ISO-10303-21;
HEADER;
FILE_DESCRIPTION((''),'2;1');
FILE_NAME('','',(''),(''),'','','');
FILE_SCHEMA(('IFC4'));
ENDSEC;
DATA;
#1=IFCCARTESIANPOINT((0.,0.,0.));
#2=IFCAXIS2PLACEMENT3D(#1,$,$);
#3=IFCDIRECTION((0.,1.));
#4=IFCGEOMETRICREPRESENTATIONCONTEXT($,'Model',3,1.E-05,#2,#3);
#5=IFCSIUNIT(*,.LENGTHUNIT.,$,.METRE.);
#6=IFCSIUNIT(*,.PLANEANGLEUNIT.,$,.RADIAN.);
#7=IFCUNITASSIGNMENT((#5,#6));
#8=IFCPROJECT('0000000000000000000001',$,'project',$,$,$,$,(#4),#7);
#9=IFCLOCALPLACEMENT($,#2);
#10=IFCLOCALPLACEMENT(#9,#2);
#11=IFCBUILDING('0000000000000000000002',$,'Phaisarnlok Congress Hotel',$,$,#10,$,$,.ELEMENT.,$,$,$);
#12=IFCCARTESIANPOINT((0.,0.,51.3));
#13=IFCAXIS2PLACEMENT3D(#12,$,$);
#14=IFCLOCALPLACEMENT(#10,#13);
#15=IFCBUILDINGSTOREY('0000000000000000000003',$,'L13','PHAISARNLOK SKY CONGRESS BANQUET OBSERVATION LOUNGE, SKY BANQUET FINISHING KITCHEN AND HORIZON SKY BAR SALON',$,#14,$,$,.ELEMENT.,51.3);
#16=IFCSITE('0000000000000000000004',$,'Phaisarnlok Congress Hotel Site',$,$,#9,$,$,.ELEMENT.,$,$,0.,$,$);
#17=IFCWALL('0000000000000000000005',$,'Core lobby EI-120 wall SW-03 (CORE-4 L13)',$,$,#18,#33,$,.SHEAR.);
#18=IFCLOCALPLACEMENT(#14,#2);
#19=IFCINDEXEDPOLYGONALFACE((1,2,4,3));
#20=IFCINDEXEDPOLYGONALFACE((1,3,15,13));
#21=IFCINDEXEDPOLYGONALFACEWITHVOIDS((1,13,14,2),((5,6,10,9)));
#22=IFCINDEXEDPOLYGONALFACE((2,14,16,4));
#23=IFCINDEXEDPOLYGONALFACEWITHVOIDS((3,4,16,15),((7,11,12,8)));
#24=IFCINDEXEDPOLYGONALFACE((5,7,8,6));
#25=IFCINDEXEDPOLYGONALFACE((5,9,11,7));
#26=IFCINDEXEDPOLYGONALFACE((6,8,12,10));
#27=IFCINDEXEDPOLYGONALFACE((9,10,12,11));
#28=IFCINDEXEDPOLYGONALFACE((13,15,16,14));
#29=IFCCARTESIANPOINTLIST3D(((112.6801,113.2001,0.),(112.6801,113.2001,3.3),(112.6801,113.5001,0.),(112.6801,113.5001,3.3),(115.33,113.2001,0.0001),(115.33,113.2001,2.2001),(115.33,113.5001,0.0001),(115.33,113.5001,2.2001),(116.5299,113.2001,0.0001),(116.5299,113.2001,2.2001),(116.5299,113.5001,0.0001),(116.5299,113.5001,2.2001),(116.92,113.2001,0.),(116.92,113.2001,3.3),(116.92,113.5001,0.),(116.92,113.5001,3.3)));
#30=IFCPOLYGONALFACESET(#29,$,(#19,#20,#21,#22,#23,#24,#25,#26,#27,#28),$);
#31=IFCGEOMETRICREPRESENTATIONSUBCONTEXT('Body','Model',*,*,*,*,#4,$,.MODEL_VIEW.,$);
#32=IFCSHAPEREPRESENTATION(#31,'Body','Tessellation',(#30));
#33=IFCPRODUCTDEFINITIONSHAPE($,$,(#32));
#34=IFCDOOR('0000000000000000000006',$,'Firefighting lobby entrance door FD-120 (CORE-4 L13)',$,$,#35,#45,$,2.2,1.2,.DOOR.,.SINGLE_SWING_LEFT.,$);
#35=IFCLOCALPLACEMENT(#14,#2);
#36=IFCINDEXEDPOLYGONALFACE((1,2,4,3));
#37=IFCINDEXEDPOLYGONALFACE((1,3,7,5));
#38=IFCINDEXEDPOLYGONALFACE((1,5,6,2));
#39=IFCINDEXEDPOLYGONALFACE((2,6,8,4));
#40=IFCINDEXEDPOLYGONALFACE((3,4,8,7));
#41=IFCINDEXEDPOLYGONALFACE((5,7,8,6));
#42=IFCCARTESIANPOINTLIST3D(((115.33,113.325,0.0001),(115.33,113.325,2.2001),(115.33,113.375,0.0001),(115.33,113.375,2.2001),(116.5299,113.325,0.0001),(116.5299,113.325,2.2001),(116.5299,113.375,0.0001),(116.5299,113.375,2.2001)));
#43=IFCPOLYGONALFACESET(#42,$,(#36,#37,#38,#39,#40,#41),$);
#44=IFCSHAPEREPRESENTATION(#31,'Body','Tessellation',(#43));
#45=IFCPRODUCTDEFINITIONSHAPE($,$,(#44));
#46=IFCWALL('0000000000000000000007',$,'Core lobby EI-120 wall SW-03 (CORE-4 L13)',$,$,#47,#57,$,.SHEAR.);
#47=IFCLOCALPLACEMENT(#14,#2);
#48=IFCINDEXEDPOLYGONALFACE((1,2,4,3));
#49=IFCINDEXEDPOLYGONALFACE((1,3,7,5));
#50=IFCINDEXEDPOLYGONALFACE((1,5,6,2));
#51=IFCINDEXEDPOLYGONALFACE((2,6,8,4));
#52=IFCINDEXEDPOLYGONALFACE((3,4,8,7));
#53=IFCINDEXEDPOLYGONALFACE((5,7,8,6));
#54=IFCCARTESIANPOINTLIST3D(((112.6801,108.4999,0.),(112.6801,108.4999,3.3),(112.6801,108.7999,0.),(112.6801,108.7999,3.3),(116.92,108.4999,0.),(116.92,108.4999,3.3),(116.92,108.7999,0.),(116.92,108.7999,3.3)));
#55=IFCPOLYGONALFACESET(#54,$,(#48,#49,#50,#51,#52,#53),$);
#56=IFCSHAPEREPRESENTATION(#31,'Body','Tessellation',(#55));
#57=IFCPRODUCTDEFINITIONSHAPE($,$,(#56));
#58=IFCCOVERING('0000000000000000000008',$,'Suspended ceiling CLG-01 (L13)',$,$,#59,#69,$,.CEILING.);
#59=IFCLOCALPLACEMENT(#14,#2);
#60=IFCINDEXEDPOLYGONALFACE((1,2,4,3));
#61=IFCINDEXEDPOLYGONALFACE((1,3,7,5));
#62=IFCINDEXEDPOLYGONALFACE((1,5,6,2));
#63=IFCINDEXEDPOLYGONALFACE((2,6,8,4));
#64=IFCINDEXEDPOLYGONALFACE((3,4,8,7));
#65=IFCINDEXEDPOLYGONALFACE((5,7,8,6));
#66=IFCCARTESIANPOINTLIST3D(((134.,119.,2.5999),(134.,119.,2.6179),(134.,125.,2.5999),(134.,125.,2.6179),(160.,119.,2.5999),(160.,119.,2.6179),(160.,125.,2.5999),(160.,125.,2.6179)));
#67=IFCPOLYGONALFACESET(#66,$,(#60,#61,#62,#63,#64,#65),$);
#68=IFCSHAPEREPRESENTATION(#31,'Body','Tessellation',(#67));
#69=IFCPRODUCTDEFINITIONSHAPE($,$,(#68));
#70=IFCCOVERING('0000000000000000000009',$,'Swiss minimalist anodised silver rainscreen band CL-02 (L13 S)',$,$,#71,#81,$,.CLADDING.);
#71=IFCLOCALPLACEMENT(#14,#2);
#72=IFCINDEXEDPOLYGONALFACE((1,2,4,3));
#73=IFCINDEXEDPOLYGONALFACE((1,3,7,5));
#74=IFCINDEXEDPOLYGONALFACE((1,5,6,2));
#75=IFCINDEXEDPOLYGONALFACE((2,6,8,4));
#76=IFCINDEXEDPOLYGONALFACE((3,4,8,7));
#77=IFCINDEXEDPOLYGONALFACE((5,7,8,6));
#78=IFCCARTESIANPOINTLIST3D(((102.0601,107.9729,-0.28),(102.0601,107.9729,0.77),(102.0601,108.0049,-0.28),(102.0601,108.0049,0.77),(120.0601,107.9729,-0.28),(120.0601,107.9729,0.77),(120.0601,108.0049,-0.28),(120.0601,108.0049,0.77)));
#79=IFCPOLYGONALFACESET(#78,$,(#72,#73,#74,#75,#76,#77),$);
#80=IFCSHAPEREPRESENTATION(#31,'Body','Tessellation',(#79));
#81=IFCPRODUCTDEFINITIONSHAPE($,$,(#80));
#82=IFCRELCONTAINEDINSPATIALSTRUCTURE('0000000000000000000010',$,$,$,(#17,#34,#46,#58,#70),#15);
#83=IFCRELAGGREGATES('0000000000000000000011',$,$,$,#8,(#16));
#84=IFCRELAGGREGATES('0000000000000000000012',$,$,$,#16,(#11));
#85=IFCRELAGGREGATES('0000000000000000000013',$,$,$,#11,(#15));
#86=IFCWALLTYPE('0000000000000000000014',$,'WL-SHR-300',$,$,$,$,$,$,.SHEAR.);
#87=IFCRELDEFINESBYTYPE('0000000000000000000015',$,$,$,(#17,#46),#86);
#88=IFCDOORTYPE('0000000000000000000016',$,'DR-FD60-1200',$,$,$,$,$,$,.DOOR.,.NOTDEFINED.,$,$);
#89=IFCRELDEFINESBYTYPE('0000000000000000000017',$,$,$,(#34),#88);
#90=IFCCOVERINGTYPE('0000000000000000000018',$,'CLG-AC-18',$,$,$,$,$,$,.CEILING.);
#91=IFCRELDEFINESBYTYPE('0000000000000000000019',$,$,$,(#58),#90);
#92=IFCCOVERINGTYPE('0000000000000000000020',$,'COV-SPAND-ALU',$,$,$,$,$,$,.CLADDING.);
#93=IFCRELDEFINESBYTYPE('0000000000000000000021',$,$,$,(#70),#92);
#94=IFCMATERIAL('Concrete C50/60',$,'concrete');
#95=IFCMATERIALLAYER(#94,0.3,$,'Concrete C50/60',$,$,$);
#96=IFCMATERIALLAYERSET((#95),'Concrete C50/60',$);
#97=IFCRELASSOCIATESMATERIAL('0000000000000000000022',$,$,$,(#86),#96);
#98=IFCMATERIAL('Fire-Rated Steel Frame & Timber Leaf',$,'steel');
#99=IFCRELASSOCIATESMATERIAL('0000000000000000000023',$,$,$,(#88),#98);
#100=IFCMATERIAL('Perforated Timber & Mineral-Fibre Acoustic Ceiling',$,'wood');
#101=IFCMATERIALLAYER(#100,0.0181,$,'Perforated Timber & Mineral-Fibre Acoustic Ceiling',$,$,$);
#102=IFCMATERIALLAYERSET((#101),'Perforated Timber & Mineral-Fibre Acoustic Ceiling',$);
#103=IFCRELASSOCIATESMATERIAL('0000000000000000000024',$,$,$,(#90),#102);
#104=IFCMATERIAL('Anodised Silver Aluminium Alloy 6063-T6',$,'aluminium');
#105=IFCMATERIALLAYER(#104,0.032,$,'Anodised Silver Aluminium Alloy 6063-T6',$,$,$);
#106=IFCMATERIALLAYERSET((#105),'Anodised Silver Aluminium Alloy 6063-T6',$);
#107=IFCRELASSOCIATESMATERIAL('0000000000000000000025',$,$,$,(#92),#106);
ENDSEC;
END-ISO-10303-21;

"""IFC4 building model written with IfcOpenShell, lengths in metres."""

from ifc_helpers import new_model, si_unit, direction, frame, frame_2d, origin, place, context, subcontext, project, spatial, polyline, rectangle, outline, extrude, material, layer, layer_set, type_object, element, fill, save


model = new_model("IFC4")

# Units and contexts
model_context = context("Model", 3, precision=1e-05, world=origin(), true_north=direction((0.0, 1.0)))
body_context = subcontext(model_context, "Body", "Model", "MODEL_VIEW")
ifc_project = project(units=[si_unit("LENGTHUNIT", "METRE"), si_unit("PLANEANGLEUNIT", "RADIAN")], contexts=[model_context])

# Site, building, storey
site_placement = place(None, origin())
site = spatial("IfcSite", under=ifc_project, at=site_placement, Name="Phaisarnlok Congress Hotel Site", CompositionType="ELEMENT", RefElevation=0.0)
building_placement = place(site_placement, origin())
building = spatial("IfcBuilding", under=site, at=building_placement, Name="Phaisarnlok Congress Hotel", CompositionType="ELEMENT")
storey_placement = place(building_placement, frame((0.0, 0.0, 51.3)))
storey = spatial("IfcBuildingStorey", under=building, at=storey_placement, Name="L13", Description="PHAISARNLOK SKY CONGRESS BANQUET OBSERVATION LOUNGE, SKY BANQUET FINISHING KITCHEN AND HORIZON SKY BAR SALON", CompositionType="ELEMENT", Elevation=51.3)

# Shared definitions
ifc_material_1 = material(Name="Concrete C50/60", Category="concrete")

# Shared definitions
ifc_material_2 = material(Name="Fire-Rated Steel Frame & Timber Leaf", Category="steel")

# Wall, opening, door
ifc_layer_1 = layer(ifc_material_1, 0.3, Name="Concrete C50/60")
ifc_layer_set_1 = layer_set([ifc_layer_1], Name="Concrete C50/60")
wall_type_1 = type_object("IfcWallType", Name="WL-SHR-300", PredefinedType="SHEAR", material=ifc_layer_set_1)
wall_1_placement = place(storey_placement, frame((112.6799, 113.3501, 0.0), z_axis=(0.0, 0.0, 1.0), x_axis=(1.0, 0.0, 0.0)))
wall_1 = element("IfcWall", 1, at=wall_1_placement, inside=storey, type_object=wall_type_1, Name="Core lobby EI-120 wall SW-03 (CORE-4 L13)", PredefinedType="SHEAR", context=body_context, shape_type="SweptSolid", body=[
    extrude(rectangle(XDim=4.24, YDim=0.3, at=frame_2d((2.1201, 0.0))), origin(), (0.0, 0.0, 1.0), 3.3),
])
opening_1_placement = place(wall_1_placement, frame((2.6499, 0.0, 0.0)))
opening_1 = element("IfcOpeningElement", 2, at=opening_1_placement, cuts=wall_1, PredefinedType="OPENING", context=body_context, shape_type="SweptSolid", body=[
    extrude(rectangle(XDim=1.2, YDim=2.2, at=frame_2d((0.6001, 1.1001))), frame((0.0, 0.1602, 0.0), z_axis=(0.0, -1.0, 0.0), x_axis=(1.0, 0.0, 0.0)), (0.0, 0.0, 1.0), 0.3201),
])
door_type_1 = type_object("IfcDoorType", Name="DR-FD60-1200", OperationType="NOTDEFINED", PredefinedType="DOOR", material=ifc_material_2)
door_1_placement = place(opening_1_placement, origin())
door_1 = element("IfcDoor", 3, at=door_1_placement, inside=storey, type_object=door_type_1, Name="Firefighting lobby entrance door FD-120 (CORE-4 L13)", OperationType="SINGLE_SWING_LEFT", OverallHeight=2.2, OverallWidth=1.2, PredefinedType="DOOR", context=body_context, shape_type="SweptSolid", body=[
    extrude(rectangle(XDim=1.2, YDim=2.2, at=frame_2d((0.6001, 1.1001))), frame((0.0, 0.0249, 0.0), z_axis=(0.0, -1.0, 0.0), x_axis=(1.0, 0.0, 0.0)), (0.0, 0.0, 1.0), 0.05),
])
fill(opening_1, door_1)

# Wall
wall_2_placement = place(storey_placement, frame((112.6799, 108.6499, 0.0), z_axis=(0.0, 0.0, 1.0), x_axis=(1.0, 0.0, 0.0)))
element("IfcWall", 4, at=wall_2_placement, inside=storey, type_object=wall_type_1, Name="Core lobby EI-120 wall SW-03 (CORE-4 L13)", PredefinedType="SHEAR", context=body_context, shape_type="SweptSolid", body=[
    extrude(rectangle(XDim=4.24, YDim=0.3, at=frame_2d((2.1201, 0.0))), origin(), (0.0, 0.0, 1.0), 3.3),
])

# Coverings
ifc_material_3 = material(Name="Perforated Timber & Mineral-Fibre Acoustic Ceiling", Category="wood")
ifc_layer_2 = layer(ifc_material_3, 0.0181, Name="Perforated Timber & Mineral-Fibre Acoustic Ceiling")
ifc_layer_set_2 = layer_set([ifc_layer_2], Name="Perforated Timber & Mineral-Fibre Acoustic Ceiling")
covering_type_1 = type_object("IfcCoveringType", Name="CLG-AC-18", PredefinedType="CEILING", material=ifc_layer_set_2)
covering_1_placement = place(storey_placement, frame((0.0, 0.0, 2.5999)))
element("IfcCovering", 5, at=covering_1_placement, inside=storey, type_object=covering_type_1, Name="Suspended ceiling CLG-01 (L13)", PredefinedType="CEILING", context=body_context, shape_type="SweptSolid", body=[
    extrude(outline(polyline([(160.0, 119.0), (134.0, 119.0), (134.0, 125.0), (160.0, 125.0), (160.0, 119.0)])), origin(), (0.0, 0.0, 1.0), 0.0181),
])
ifc_material_4 = material(Name="Anodised Silver Aluminium Alloy 6063-T6", Category="aluminium")
ifc_layer_3 = layer(ifc_material_4, 0.032, Name="Anodised Silver Aluminium Alloy 6063-T6")
ifc_layer_set_3 = layer_set([ifc_layer_3], Name="Anodised Silver Aluminium Alloy 6063-T6")
covering_type_2 = type_object("IfcCoveringType", Name="COV-SPAND-ALU", PredefinedType="CLADDING", material=ifc_layer_set_3)
covering_2_placement = place(storey_placement, frame((102.0601, 108.0049, -0.28), z_axis=(0.0, -1.0, 0.0), x_axis=(1.0, 0.0, 0.0)))
element("IfcCovering", 6, at=covering_2_placement, inside=storey, type_object=covering_type_2, Name="Swiss minimalist anodised silver rainscreen band CL-02 (L13 S)", PredefinedType="CLADDING", context=body_context, shape_type="SweptSolid", body=[
    extrude(outline(polyline([(0.0, 0.0), (18.0, 0.0), (18.0, 1.05), (0.0, 1.05), (0.0, 0.0)])), origin(), (0.0, 0.0, 1.0), 0.032),
])

save(model, "model.ifc")
